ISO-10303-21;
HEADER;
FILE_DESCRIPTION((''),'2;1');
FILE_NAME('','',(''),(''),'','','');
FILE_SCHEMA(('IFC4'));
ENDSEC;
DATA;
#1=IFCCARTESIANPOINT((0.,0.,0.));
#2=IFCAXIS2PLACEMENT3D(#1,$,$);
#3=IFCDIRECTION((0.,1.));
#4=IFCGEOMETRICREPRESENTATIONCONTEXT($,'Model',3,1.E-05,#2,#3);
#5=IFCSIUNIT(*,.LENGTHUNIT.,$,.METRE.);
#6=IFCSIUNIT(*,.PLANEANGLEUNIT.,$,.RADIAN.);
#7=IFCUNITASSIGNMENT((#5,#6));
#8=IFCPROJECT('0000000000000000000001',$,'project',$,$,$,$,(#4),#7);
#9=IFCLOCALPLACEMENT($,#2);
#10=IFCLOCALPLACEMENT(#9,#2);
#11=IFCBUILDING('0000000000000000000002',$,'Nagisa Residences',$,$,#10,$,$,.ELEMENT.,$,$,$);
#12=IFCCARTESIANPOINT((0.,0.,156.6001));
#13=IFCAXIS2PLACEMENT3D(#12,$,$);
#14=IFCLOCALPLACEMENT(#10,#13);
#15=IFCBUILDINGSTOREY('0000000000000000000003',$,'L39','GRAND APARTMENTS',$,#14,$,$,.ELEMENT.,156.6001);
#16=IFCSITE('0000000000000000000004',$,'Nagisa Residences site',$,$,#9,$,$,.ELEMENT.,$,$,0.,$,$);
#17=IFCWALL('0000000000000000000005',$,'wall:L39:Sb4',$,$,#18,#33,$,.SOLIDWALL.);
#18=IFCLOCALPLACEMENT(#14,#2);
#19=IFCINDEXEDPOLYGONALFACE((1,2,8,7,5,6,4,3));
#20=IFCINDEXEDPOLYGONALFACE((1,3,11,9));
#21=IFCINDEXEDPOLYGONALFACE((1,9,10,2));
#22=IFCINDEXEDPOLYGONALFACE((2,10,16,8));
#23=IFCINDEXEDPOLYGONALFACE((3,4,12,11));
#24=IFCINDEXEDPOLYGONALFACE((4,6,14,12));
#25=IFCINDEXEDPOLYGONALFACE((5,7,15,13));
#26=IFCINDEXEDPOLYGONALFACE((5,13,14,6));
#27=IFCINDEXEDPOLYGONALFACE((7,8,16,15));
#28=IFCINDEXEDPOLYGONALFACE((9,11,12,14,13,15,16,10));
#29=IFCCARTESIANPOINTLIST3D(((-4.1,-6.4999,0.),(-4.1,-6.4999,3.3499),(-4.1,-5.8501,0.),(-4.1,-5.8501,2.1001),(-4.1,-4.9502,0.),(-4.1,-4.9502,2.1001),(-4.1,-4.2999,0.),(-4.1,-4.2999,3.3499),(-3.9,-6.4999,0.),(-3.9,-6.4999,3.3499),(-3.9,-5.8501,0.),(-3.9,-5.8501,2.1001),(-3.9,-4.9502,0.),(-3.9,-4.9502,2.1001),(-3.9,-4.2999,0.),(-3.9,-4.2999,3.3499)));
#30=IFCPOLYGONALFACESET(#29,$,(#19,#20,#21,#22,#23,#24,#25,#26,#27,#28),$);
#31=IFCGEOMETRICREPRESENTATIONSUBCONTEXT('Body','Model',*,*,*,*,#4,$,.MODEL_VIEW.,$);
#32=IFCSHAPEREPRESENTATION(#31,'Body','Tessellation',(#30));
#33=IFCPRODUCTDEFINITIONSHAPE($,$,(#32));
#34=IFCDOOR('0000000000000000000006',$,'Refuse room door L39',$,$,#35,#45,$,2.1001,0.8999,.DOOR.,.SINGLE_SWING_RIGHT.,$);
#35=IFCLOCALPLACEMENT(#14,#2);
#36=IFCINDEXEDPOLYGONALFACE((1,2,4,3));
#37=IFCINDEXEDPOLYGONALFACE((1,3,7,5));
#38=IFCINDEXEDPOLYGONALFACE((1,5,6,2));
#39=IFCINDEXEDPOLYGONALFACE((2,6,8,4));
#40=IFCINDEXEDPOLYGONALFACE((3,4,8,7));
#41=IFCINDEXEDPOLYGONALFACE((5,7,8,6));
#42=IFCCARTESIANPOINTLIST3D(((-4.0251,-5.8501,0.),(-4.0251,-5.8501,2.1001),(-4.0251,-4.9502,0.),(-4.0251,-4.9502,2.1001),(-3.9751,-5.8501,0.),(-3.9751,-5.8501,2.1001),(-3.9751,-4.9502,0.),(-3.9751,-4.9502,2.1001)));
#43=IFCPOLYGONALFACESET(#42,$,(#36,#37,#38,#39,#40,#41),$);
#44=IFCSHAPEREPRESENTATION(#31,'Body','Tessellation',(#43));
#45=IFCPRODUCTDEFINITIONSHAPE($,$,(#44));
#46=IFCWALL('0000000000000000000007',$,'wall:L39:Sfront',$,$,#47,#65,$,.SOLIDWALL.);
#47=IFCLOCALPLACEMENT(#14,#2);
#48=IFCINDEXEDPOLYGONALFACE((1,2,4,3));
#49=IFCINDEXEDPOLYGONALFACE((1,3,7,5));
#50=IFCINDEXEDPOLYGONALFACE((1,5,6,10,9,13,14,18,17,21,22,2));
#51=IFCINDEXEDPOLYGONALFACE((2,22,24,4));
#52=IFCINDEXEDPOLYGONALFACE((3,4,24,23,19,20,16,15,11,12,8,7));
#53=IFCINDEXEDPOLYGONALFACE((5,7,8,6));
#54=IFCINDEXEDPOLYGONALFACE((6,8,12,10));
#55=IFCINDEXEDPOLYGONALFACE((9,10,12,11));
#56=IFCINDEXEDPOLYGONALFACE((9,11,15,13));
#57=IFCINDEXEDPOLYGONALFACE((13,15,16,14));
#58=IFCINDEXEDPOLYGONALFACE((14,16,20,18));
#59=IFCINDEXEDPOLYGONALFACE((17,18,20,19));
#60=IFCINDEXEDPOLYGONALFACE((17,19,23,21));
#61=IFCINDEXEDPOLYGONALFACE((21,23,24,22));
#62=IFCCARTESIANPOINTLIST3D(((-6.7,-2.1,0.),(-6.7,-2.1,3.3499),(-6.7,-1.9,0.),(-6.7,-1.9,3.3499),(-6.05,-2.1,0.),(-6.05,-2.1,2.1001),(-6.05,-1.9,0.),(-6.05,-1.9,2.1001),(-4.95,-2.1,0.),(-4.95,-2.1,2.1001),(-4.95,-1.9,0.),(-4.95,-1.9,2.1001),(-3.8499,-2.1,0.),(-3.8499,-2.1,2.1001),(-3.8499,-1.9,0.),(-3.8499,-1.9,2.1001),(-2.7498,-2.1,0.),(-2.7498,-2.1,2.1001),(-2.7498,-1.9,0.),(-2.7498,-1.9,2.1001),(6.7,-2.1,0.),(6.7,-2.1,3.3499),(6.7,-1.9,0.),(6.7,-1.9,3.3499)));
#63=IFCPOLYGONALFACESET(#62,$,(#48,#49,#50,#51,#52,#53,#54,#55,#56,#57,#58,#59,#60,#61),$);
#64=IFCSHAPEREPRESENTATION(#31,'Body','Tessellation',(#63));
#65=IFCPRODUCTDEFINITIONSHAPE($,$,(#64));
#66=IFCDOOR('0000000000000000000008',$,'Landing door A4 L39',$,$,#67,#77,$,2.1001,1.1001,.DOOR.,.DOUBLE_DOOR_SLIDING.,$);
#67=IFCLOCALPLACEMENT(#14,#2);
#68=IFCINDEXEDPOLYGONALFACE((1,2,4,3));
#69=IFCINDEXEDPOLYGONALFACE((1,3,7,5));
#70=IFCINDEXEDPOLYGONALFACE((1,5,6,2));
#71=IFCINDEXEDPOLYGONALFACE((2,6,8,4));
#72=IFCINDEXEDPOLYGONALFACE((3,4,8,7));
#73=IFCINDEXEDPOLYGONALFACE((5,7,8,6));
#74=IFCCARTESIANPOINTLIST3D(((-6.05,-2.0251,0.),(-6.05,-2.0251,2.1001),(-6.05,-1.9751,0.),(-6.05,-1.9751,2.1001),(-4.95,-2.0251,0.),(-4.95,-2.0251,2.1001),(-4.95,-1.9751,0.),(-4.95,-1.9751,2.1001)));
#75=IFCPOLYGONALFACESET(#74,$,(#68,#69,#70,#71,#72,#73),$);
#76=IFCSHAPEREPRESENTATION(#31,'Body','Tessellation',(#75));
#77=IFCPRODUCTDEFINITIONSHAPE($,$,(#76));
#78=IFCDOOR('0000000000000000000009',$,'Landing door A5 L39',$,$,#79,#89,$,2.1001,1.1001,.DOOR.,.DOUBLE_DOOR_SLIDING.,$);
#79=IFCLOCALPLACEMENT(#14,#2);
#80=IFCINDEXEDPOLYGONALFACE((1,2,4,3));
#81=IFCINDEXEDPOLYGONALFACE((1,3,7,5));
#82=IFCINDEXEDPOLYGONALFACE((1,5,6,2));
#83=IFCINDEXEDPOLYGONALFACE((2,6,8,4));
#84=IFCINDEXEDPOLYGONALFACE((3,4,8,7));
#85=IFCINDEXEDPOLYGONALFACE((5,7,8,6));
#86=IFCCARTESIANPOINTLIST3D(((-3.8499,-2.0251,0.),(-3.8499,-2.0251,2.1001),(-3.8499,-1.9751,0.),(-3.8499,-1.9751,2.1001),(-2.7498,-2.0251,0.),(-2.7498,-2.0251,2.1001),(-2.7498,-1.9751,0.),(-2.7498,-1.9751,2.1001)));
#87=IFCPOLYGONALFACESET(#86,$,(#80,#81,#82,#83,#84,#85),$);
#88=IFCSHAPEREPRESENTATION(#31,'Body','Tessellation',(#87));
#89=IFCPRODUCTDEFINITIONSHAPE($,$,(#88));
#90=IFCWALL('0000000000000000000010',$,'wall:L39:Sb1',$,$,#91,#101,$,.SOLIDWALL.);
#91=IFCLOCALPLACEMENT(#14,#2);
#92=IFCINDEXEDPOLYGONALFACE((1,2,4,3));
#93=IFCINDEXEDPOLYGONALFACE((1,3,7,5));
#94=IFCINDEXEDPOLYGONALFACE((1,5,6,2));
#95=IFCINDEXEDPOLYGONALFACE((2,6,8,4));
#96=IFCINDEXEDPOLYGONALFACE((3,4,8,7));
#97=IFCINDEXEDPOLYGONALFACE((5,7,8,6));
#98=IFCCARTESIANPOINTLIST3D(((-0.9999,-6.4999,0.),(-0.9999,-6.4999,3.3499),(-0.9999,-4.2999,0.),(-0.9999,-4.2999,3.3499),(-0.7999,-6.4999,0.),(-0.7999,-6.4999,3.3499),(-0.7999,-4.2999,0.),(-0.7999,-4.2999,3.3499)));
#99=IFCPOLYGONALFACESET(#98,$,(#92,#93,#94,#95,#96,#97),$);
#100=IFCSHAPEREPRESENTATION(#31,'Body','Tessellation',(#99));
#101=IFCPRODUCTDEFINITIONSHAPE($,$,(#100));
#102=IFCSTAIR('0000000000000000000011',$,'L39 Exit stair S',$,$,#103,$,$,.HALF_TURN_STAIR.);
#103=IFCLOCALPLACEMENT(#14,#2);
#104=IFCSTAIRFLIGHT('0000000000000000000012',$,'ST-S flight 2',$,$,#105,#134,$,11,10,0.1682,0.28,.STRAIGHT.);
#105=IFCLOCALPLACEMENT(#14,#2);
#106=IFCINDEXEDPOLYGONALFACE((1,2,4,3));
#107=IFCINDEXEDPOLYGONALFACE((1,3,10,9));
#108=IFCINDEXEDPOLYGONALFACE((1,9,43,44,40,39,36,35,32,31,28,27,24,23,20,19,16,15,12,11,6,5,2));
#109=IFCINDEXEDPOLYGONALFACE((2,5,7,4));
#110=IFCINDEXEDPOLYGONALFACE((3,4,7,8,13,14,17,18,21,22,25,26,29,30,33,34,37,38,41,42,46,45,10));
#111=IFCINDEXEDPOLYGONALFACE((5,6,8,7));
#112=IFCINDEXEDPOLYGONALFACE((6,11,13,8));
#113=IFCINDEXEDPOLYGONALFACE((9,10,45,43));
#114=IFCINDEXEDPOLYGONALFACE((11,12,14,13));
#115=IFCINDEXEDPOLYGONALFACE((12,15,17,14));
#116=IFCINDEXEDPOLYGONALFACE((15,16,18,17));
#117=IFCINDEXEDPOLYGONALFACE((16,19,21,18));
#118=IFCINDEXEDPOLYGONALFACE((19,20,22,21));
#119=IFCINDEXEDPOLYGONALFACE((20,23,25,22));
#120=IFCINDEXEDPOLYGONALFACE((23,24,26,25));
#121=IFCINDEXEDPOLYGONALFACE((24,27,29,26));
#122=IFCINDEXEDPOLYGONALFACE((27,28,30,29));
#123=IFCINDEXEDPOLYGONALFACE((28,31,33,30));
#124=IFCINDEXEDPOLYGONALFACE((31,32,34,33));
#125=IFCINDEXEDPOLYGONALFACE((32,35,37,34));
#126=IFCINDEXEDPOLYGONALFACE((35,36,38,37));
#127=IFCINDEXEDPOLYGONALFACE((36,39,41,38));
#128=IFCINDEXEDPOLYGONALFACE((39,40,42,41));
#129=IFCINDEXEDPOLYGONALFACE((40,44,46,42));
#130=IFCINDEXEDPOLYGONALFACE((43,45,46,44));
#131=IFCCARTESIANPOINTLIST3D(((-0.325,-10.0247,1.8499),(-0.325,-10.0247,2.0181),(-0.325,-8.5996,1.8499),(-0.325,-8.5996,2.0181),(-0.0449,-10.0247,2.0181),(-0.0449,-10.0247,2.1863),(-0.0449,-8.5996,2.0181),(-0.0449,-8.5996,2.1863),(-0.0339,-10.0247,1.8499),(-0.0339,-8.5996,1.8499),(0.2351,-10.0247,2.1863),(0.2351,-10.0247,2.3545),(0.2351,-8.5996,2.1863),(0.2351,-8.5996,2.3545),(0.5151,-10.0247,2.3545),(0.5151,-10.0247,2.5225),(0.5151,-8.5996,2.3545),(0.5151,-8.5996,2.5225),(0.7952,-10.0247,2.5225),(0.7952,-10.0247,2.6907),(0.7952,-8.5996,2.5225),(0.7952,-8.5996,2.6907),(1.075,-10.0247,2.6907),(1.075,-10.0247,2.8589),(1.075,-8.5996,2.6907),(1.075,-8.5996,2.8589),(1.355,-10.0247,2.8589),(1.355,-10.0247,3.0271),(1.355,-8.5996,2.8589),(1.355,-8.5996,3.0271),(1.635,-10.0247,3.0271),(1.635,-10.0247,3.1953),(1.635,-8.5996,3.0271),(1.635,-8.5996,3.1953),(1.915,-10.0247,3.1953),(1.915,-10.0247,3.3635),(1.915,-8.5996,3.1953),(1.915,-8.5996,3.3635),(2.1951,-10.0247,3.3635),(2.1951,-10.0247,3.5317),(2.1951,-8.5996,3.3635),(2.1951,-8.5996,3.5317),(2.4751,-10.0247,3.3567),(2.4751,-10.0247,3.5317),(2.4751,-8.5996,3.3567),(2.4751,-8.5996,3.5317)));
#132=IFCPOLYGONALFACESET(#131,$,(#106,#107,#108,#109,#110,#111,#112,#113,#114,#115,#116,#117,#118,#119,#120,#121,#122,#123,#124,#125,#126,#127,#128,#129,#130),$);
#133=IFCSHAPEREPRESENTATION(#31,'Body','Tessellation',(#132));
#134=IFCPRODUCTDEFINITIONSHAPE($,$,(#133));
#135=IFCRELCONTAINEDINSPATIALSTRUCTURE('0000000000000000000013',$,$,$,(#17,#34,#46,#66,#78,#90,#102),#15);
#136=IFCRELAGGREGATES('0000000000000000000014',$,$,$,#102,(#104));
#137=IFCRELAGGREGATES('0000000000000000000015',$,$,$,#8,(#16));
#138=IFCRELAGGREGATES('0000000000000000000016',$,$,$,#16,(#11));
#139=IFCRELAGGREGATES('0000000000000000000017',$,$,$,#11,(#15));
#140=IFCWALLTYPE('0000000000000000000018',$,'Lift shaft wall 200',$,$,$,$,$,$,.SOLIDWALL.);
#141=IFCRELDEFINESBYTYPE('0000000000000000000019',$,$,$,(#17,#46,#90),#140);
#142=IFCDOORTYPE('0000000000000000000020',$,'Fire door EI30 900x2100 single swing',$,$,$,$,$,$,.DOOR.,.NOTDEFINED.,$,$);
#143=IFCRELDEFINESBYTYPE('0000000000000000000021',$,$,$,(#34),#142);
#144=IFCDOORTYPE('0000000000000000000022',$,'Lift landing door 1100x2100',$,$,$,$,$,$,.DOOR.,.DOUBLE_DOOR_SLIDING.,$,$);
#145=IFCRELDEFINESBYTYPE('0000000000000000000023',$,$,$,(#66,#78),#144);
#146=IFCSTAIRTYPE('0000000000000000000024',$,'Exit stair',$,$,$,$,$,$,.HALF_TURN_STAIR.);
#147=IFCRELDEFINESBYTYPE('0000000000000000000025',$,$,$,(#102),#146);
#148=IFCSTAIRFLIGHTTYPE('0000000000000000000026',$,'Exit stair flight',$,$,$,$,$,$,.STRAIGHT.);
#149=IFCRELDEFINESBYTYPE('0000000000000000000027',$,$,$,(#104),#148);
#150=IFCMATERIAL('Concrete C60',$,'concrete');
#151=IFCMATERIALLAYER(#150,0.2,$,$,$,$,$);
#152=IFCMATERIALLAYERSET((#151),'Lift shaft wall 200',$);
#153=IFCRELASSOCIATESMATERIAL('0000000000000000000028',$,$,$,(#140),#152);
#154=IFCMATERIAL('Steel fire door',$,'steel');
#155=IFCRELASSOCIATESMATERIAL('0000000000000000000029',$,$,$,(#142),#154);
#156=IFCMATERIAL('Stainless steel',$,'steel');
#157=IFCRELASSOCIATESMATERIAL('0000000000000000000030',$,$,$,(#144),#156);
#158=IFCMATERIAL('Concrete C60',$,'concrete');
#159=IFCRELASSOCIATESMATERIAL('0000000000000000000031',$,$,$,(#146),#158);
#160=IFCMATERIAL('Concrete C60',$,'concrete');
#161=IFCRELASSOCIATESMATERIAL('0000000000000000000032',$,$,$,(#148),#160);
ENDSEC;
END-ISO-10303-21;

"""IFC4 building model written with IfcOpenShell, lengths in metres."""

from ifc_helpers import new_model, si_unit, direction, frame, frame_2d, origin, place, context, subcontext, project, spatial, polyline, rectangle, outline, extrude, material, layer, layer_set, type_object, element, fill, aggregate, save


model = new_model("IFC4")

# Units and contexts
model_context = context("Model", 3, precision=1e-05, world=origin(), true_north=direction((0.0, 1.0)))
body_context = subcontext(model_context, "Body", "Model", "MODEL_VIEW")
ifc_project = project(units=[si_unit("LENGTHUNIT", "METRE"), si_unit("PLANEANGLEUNIT", "RADIAN")], contexts=[model_context])

# Site, building, storey
site_placement = place(None, origin())
site = spatial("IfcSite", under=ifc_project, at=site_placement, Name="Nagisa Residences site", CompositionType="ELEMENT", RefElevation=0.0)
building_placement = place(site_placement, origin())
building = spatial("IfcBuilding", under=site, at=building_placement, Name="Nagisa Residences", CompositionType="ELEMENT")
storey_placement = place(building_placement, frame((0.0, 0.0, 156.6001)))
storey = spatial("IfcBuildingStorey", under=building, at=storey_placement, Name="L39", Description="GRAND APARTMENTS", CompositionType="ELEMENT", Elevation=156.6001)

# Wall, opening, door
ifc_material_1 = material(Name="Concrete C60", Category="concrete")
ifc_layer_1 = layer(ifc_material_1, 0.2)
ifc_layer_set_1 = layer_set([ifc_layer_1], Name="Lift shaft wall 200")
wall_type_1 = type_object("IfcWallType", Name="Lift shaft wall 200", PredefinedType="SOLIDWALL", material=ifc_layer_set_1)
wall_1_placement = place(storey_placement, frame((-4.0, -6.5, 0.0), z_axis=(0.0, 0.0, 1.0), x_axis=(0.0, 1.0, 0.0)))
wall_1 = element("IfcWall", 1, at=wall_1_placement, inside=storey, type_object=wall_type_1, Name="wall:L39:Sb4", PredefinedType="SOLIDWALL", context=body_context, shape_type="SweptSolid", body=[
    extrude(rectangle(XDim=2.2, YDim=0.2, at=frame_2d((1.1001, 0.0))), origin(), (0.0, 0.0, 1.0), 3.3499),
])
opening_1_placement = place(wall_1_placement, frame((0.6499, 0.0, 0.0)))
opening_1 = element("IfcOpeningElement", 2, at=opening_1_placement, cuts=wall_1, PredefinedType="OPENING", context=body_context, shape_type="SweptSolid", body=[
    extrude(rectangle(XDim=0.8999, YDim=2.1001, at=frame_2d((0.45, 1.05))), frame((0.0, 0.1099, 0.0), z_axis=(0.0, -1.0, 0.0), x_axis=(1.0, 0.0, 0.0)), (0.0, 0.0, 1.0), 0.22),
])
ifc_material_2 = material(Name="Steel fire door", Category="steel")
door_type_1 = type_object("IfcDoorType", Name="Fire door EI30 900x2100 single swing", OperationType="NOTDEFINED", PredefinedType="DOOR", material=ifc_material_2)
door_1_placement = place(opening_1_placement, frame((0.8999, 0.0, 0.0), x_axis=(-1.0, 0.0, 0.0)))
door_1 = element("IfcDoor", 3, at=door_1_placement, inside=storey, type_object=door_type_1, Name="Refuse room door L39", OperationType="SINGLE_SWING_RIGHT", OverallHeight=2.1001, OverallWidth=0.8999, PredefinedType="DOOR", context=body_context, shape_type="SweptSolid", body=[
    extrude(rectangle(XDim=0.8999, YDim=2.1001, at=frame_2d((0.45, 1.05))), frame((0.0, 0.0249, 0.0), z_axis=(0.0, -1.0, 0.0), x_axis=(1.0, 0.0, 0.0)), (0.0, 0.0, 1.0), 0.05),
])
fill(opening_1, door_1)

# Wall, openings, doors
wall_2_placement = place(storey_placement, frame((-6.7, -2.0, 0.0), z_axis=(0.0, 0.0, 1.0), x_axis=(1.0, 0.0, 0.0)))
wall_2 = element("IfcWall", 4, at=wall_2_placement, inside=storey, type_object=wall_type_1, Name="wall:L39:Sfront", PredefinedType="SOLIDWALL", context=body_context, shape_type="SweptSolid", body=[
    extrude(rectangle(XDim=13.3999, YDim=0.2, at=frame_2d((6.7, 0.0))), origin(), (0.0, 0.0, 1.0), 3.3499),
])
opening_2_placement = place(wall_2_placement, frame((0.6499, 0.0, 0.0)))
opening_2 = element("IfcOpeningElement", 5, at=opening_2_placement, cuts=wall_2, PredefinedType="OPENING", context=body_context, shape_type="SweptSolid", body=[
    extrude(rectangle(XDim=1.1001, YDim=2.1001, at=frame_2d((0.55, 1.05))), frame((0.0, 0.1099, 0.0), z_axis=(0.0, -1.0, 0.0), x_axis=(1.0, 0.0, 0.0)), (0.0, 0.0, 1.0), 0.22),
])
opening_3_placement = place(wall_2_placement, frame((2.8501, 0.0, 0.0)))
opening_3 = element("IfcOpeningElement", 6, at=opening_3_placement, cuts=wall_2, PredefinedType="OPENING", context=body_context, shape_type="SweptSolid", body=[
    extrude(rectangle(XDim=1.1001, YDim=2.1001, at=frame_2d((0.55, 1.05))), frame((0.0, 0.1099, 0.0), z_axis=(0.0, -1.0, 0.0), x_axis=(1.0, 0.0, 0.0)), (0.0, 0.0, 1.0), 0.22),
])
ifc_material_3 = material(Name="Stainless steel", Category="steel")
door_type_2 = type_object("IfcDoorType", Name="Lift landing door 1100x2100", OperationType="DOUBLE_DOOR_SLIDING", PredefinedType="DOOR", material=ifc_material_3)
door_2_placement = place(opening_2_placement, origin())
door_2 = element("IfcDoor", 7, at=door_2_placement, inside=storey, type_object=door_type_2, Name="Landing door A4 L39", OperationType="DOUBLE_DOOR_SLIDING", OverallHeight=2.1001, OverallWidth=1.1001, PredefinedType="DOOR", context=body_context, shape_type="SweptSolid", body=[
    extrude(rectangle(XDim=1.1001, YDim=2.1001, at=frame_2d((0.55, 1.05))), frame((0.0, 0.0249, 0.0), z_axis=(0.0, -1.0, 0.0), x_axis=(1.0, 0.0, 0.0)), (0.0, 0.0, 1.0), 0.05),
])
fill(opening_2, door_2)
door_3_placement = place(opening_3_placement, origin())
door_3 = element("IfcDoor", 8, at=door_3_placement, inside=storey, type_object=door_type_2, Name="Landing door A5 L39", OperationType="DOUBLE_DOOR_SLIDING", OverallHeight=2.1001, OverallWidth=1.1001, PredefinedType="DOOR", context=body_context, shape_type="SweptSolid", body=[
    extrude(rectangle(XDim=1.1001, YDim=2.1001, at=frame_2d((0.55, 1.05))), frame((0.0, 0.0249, 0.0), z_axis=(0.0, -1.0, 0.0), x_axis=(1.0, 0.0, 0.0)), (0.0, 0.0, 1.0), 0.05),
])
fill(opening_3, door_3)

# Wall
wall_3_placement = place(storey_placement, frame((-0.8999, -6.5, 0.0), z_axis=(0.0, 0.0, 1.0), x_axis=(0.0, 1.0, 0.0)))
element("IfcWall", 9, at=wall_3_placement, inside=storey, type_object=wall_type_1, Name="wall:L39:Sb1", PredefinedType="SOLIDWALL", context=body_context, shape_type="SweptSolid", body=[
    extrude(rectangle(XDim=2.2, YDim=0.2, at=frame_2d((1.1001, 0.0))), origin(), (0.0, 0.0, 1.0), 3.3499),
])

# Stair, stair flight
ifc_material_4 = material(Name="Concrete C60", Category="concrete")
stair_type = type_object("IfcStairType", Name="Exit stair", PredefinedType="HALF_TURN_STAIR", material=ifc_material_4)
stair_placement = place(storey_placement, origin())
stair = element("IfcStair", 10, at=stair_placement, inside=storey, type_object=stair_type, Name="L39 Exit stair S", PredefinedType="HALF_TURN_STAIR")
ifc_material_5 = material(Name="Concrete C60", Category="concrete")
stair_flight_type = type_object("IfcStairFlightType", Name="Exit stair flight", PredefinedType="STRAIGHT", material=ifc_material_5)
stair_flight_placement = place(storey_placement, frame((-0.325, -9.312, 1.8499), z_axis=(0.0, 0.0, 1.0), x_axis=(1.0, 0.0, 0.0)))
stair_flight = element("IfcStairFlight", 11, at=stair_flight_placement, type_object=stair_flight_type, Name="ST-S flight 2", NumberOfRisers=11, NumberOfTreads=10, PredefinedType="STRAIGHT", RiserHeight=0.1682, TreadLength=0.28, context=body_context, shape_type="SweptSolid", body=[
    extrude(outline(polyline([(0.0, 0.0), (0.0, 0.1682), (0.28, 0.1682), (0.28, 0.3364), (0.5601, 0.3364), (0.5601, 0.5046), (0.8401, 0.5046), (0.8401, 0.6726), (1.1201, 0.6726), (1.1201, 0.8408), (1.3999, 0.8408), (1.3999, 1.009), (1.6799, 1.009), (1.6799, 1.1772), (1.96, 1.1772), (1.96, 1.3455), (2.24, 1.3455), (2.24, 1.5137), (2.52, 1.5137), (2.52, 1.6819), (2.8, 1.6819), (2.8, 1.8501), (2.8, 1.5068), (0.291, 0.0), (0.0, 0.0)])), frame((0.0, 0.7124, 0.0), z_axis=(0.0, -1.0, 0.0), x_axis=(1.0, 0.0, 0.0)), (0.0, 0.0, 1.0), 1.425),
])
aggregate(stair, [stair_flight])

save(model, "model.ifc")
